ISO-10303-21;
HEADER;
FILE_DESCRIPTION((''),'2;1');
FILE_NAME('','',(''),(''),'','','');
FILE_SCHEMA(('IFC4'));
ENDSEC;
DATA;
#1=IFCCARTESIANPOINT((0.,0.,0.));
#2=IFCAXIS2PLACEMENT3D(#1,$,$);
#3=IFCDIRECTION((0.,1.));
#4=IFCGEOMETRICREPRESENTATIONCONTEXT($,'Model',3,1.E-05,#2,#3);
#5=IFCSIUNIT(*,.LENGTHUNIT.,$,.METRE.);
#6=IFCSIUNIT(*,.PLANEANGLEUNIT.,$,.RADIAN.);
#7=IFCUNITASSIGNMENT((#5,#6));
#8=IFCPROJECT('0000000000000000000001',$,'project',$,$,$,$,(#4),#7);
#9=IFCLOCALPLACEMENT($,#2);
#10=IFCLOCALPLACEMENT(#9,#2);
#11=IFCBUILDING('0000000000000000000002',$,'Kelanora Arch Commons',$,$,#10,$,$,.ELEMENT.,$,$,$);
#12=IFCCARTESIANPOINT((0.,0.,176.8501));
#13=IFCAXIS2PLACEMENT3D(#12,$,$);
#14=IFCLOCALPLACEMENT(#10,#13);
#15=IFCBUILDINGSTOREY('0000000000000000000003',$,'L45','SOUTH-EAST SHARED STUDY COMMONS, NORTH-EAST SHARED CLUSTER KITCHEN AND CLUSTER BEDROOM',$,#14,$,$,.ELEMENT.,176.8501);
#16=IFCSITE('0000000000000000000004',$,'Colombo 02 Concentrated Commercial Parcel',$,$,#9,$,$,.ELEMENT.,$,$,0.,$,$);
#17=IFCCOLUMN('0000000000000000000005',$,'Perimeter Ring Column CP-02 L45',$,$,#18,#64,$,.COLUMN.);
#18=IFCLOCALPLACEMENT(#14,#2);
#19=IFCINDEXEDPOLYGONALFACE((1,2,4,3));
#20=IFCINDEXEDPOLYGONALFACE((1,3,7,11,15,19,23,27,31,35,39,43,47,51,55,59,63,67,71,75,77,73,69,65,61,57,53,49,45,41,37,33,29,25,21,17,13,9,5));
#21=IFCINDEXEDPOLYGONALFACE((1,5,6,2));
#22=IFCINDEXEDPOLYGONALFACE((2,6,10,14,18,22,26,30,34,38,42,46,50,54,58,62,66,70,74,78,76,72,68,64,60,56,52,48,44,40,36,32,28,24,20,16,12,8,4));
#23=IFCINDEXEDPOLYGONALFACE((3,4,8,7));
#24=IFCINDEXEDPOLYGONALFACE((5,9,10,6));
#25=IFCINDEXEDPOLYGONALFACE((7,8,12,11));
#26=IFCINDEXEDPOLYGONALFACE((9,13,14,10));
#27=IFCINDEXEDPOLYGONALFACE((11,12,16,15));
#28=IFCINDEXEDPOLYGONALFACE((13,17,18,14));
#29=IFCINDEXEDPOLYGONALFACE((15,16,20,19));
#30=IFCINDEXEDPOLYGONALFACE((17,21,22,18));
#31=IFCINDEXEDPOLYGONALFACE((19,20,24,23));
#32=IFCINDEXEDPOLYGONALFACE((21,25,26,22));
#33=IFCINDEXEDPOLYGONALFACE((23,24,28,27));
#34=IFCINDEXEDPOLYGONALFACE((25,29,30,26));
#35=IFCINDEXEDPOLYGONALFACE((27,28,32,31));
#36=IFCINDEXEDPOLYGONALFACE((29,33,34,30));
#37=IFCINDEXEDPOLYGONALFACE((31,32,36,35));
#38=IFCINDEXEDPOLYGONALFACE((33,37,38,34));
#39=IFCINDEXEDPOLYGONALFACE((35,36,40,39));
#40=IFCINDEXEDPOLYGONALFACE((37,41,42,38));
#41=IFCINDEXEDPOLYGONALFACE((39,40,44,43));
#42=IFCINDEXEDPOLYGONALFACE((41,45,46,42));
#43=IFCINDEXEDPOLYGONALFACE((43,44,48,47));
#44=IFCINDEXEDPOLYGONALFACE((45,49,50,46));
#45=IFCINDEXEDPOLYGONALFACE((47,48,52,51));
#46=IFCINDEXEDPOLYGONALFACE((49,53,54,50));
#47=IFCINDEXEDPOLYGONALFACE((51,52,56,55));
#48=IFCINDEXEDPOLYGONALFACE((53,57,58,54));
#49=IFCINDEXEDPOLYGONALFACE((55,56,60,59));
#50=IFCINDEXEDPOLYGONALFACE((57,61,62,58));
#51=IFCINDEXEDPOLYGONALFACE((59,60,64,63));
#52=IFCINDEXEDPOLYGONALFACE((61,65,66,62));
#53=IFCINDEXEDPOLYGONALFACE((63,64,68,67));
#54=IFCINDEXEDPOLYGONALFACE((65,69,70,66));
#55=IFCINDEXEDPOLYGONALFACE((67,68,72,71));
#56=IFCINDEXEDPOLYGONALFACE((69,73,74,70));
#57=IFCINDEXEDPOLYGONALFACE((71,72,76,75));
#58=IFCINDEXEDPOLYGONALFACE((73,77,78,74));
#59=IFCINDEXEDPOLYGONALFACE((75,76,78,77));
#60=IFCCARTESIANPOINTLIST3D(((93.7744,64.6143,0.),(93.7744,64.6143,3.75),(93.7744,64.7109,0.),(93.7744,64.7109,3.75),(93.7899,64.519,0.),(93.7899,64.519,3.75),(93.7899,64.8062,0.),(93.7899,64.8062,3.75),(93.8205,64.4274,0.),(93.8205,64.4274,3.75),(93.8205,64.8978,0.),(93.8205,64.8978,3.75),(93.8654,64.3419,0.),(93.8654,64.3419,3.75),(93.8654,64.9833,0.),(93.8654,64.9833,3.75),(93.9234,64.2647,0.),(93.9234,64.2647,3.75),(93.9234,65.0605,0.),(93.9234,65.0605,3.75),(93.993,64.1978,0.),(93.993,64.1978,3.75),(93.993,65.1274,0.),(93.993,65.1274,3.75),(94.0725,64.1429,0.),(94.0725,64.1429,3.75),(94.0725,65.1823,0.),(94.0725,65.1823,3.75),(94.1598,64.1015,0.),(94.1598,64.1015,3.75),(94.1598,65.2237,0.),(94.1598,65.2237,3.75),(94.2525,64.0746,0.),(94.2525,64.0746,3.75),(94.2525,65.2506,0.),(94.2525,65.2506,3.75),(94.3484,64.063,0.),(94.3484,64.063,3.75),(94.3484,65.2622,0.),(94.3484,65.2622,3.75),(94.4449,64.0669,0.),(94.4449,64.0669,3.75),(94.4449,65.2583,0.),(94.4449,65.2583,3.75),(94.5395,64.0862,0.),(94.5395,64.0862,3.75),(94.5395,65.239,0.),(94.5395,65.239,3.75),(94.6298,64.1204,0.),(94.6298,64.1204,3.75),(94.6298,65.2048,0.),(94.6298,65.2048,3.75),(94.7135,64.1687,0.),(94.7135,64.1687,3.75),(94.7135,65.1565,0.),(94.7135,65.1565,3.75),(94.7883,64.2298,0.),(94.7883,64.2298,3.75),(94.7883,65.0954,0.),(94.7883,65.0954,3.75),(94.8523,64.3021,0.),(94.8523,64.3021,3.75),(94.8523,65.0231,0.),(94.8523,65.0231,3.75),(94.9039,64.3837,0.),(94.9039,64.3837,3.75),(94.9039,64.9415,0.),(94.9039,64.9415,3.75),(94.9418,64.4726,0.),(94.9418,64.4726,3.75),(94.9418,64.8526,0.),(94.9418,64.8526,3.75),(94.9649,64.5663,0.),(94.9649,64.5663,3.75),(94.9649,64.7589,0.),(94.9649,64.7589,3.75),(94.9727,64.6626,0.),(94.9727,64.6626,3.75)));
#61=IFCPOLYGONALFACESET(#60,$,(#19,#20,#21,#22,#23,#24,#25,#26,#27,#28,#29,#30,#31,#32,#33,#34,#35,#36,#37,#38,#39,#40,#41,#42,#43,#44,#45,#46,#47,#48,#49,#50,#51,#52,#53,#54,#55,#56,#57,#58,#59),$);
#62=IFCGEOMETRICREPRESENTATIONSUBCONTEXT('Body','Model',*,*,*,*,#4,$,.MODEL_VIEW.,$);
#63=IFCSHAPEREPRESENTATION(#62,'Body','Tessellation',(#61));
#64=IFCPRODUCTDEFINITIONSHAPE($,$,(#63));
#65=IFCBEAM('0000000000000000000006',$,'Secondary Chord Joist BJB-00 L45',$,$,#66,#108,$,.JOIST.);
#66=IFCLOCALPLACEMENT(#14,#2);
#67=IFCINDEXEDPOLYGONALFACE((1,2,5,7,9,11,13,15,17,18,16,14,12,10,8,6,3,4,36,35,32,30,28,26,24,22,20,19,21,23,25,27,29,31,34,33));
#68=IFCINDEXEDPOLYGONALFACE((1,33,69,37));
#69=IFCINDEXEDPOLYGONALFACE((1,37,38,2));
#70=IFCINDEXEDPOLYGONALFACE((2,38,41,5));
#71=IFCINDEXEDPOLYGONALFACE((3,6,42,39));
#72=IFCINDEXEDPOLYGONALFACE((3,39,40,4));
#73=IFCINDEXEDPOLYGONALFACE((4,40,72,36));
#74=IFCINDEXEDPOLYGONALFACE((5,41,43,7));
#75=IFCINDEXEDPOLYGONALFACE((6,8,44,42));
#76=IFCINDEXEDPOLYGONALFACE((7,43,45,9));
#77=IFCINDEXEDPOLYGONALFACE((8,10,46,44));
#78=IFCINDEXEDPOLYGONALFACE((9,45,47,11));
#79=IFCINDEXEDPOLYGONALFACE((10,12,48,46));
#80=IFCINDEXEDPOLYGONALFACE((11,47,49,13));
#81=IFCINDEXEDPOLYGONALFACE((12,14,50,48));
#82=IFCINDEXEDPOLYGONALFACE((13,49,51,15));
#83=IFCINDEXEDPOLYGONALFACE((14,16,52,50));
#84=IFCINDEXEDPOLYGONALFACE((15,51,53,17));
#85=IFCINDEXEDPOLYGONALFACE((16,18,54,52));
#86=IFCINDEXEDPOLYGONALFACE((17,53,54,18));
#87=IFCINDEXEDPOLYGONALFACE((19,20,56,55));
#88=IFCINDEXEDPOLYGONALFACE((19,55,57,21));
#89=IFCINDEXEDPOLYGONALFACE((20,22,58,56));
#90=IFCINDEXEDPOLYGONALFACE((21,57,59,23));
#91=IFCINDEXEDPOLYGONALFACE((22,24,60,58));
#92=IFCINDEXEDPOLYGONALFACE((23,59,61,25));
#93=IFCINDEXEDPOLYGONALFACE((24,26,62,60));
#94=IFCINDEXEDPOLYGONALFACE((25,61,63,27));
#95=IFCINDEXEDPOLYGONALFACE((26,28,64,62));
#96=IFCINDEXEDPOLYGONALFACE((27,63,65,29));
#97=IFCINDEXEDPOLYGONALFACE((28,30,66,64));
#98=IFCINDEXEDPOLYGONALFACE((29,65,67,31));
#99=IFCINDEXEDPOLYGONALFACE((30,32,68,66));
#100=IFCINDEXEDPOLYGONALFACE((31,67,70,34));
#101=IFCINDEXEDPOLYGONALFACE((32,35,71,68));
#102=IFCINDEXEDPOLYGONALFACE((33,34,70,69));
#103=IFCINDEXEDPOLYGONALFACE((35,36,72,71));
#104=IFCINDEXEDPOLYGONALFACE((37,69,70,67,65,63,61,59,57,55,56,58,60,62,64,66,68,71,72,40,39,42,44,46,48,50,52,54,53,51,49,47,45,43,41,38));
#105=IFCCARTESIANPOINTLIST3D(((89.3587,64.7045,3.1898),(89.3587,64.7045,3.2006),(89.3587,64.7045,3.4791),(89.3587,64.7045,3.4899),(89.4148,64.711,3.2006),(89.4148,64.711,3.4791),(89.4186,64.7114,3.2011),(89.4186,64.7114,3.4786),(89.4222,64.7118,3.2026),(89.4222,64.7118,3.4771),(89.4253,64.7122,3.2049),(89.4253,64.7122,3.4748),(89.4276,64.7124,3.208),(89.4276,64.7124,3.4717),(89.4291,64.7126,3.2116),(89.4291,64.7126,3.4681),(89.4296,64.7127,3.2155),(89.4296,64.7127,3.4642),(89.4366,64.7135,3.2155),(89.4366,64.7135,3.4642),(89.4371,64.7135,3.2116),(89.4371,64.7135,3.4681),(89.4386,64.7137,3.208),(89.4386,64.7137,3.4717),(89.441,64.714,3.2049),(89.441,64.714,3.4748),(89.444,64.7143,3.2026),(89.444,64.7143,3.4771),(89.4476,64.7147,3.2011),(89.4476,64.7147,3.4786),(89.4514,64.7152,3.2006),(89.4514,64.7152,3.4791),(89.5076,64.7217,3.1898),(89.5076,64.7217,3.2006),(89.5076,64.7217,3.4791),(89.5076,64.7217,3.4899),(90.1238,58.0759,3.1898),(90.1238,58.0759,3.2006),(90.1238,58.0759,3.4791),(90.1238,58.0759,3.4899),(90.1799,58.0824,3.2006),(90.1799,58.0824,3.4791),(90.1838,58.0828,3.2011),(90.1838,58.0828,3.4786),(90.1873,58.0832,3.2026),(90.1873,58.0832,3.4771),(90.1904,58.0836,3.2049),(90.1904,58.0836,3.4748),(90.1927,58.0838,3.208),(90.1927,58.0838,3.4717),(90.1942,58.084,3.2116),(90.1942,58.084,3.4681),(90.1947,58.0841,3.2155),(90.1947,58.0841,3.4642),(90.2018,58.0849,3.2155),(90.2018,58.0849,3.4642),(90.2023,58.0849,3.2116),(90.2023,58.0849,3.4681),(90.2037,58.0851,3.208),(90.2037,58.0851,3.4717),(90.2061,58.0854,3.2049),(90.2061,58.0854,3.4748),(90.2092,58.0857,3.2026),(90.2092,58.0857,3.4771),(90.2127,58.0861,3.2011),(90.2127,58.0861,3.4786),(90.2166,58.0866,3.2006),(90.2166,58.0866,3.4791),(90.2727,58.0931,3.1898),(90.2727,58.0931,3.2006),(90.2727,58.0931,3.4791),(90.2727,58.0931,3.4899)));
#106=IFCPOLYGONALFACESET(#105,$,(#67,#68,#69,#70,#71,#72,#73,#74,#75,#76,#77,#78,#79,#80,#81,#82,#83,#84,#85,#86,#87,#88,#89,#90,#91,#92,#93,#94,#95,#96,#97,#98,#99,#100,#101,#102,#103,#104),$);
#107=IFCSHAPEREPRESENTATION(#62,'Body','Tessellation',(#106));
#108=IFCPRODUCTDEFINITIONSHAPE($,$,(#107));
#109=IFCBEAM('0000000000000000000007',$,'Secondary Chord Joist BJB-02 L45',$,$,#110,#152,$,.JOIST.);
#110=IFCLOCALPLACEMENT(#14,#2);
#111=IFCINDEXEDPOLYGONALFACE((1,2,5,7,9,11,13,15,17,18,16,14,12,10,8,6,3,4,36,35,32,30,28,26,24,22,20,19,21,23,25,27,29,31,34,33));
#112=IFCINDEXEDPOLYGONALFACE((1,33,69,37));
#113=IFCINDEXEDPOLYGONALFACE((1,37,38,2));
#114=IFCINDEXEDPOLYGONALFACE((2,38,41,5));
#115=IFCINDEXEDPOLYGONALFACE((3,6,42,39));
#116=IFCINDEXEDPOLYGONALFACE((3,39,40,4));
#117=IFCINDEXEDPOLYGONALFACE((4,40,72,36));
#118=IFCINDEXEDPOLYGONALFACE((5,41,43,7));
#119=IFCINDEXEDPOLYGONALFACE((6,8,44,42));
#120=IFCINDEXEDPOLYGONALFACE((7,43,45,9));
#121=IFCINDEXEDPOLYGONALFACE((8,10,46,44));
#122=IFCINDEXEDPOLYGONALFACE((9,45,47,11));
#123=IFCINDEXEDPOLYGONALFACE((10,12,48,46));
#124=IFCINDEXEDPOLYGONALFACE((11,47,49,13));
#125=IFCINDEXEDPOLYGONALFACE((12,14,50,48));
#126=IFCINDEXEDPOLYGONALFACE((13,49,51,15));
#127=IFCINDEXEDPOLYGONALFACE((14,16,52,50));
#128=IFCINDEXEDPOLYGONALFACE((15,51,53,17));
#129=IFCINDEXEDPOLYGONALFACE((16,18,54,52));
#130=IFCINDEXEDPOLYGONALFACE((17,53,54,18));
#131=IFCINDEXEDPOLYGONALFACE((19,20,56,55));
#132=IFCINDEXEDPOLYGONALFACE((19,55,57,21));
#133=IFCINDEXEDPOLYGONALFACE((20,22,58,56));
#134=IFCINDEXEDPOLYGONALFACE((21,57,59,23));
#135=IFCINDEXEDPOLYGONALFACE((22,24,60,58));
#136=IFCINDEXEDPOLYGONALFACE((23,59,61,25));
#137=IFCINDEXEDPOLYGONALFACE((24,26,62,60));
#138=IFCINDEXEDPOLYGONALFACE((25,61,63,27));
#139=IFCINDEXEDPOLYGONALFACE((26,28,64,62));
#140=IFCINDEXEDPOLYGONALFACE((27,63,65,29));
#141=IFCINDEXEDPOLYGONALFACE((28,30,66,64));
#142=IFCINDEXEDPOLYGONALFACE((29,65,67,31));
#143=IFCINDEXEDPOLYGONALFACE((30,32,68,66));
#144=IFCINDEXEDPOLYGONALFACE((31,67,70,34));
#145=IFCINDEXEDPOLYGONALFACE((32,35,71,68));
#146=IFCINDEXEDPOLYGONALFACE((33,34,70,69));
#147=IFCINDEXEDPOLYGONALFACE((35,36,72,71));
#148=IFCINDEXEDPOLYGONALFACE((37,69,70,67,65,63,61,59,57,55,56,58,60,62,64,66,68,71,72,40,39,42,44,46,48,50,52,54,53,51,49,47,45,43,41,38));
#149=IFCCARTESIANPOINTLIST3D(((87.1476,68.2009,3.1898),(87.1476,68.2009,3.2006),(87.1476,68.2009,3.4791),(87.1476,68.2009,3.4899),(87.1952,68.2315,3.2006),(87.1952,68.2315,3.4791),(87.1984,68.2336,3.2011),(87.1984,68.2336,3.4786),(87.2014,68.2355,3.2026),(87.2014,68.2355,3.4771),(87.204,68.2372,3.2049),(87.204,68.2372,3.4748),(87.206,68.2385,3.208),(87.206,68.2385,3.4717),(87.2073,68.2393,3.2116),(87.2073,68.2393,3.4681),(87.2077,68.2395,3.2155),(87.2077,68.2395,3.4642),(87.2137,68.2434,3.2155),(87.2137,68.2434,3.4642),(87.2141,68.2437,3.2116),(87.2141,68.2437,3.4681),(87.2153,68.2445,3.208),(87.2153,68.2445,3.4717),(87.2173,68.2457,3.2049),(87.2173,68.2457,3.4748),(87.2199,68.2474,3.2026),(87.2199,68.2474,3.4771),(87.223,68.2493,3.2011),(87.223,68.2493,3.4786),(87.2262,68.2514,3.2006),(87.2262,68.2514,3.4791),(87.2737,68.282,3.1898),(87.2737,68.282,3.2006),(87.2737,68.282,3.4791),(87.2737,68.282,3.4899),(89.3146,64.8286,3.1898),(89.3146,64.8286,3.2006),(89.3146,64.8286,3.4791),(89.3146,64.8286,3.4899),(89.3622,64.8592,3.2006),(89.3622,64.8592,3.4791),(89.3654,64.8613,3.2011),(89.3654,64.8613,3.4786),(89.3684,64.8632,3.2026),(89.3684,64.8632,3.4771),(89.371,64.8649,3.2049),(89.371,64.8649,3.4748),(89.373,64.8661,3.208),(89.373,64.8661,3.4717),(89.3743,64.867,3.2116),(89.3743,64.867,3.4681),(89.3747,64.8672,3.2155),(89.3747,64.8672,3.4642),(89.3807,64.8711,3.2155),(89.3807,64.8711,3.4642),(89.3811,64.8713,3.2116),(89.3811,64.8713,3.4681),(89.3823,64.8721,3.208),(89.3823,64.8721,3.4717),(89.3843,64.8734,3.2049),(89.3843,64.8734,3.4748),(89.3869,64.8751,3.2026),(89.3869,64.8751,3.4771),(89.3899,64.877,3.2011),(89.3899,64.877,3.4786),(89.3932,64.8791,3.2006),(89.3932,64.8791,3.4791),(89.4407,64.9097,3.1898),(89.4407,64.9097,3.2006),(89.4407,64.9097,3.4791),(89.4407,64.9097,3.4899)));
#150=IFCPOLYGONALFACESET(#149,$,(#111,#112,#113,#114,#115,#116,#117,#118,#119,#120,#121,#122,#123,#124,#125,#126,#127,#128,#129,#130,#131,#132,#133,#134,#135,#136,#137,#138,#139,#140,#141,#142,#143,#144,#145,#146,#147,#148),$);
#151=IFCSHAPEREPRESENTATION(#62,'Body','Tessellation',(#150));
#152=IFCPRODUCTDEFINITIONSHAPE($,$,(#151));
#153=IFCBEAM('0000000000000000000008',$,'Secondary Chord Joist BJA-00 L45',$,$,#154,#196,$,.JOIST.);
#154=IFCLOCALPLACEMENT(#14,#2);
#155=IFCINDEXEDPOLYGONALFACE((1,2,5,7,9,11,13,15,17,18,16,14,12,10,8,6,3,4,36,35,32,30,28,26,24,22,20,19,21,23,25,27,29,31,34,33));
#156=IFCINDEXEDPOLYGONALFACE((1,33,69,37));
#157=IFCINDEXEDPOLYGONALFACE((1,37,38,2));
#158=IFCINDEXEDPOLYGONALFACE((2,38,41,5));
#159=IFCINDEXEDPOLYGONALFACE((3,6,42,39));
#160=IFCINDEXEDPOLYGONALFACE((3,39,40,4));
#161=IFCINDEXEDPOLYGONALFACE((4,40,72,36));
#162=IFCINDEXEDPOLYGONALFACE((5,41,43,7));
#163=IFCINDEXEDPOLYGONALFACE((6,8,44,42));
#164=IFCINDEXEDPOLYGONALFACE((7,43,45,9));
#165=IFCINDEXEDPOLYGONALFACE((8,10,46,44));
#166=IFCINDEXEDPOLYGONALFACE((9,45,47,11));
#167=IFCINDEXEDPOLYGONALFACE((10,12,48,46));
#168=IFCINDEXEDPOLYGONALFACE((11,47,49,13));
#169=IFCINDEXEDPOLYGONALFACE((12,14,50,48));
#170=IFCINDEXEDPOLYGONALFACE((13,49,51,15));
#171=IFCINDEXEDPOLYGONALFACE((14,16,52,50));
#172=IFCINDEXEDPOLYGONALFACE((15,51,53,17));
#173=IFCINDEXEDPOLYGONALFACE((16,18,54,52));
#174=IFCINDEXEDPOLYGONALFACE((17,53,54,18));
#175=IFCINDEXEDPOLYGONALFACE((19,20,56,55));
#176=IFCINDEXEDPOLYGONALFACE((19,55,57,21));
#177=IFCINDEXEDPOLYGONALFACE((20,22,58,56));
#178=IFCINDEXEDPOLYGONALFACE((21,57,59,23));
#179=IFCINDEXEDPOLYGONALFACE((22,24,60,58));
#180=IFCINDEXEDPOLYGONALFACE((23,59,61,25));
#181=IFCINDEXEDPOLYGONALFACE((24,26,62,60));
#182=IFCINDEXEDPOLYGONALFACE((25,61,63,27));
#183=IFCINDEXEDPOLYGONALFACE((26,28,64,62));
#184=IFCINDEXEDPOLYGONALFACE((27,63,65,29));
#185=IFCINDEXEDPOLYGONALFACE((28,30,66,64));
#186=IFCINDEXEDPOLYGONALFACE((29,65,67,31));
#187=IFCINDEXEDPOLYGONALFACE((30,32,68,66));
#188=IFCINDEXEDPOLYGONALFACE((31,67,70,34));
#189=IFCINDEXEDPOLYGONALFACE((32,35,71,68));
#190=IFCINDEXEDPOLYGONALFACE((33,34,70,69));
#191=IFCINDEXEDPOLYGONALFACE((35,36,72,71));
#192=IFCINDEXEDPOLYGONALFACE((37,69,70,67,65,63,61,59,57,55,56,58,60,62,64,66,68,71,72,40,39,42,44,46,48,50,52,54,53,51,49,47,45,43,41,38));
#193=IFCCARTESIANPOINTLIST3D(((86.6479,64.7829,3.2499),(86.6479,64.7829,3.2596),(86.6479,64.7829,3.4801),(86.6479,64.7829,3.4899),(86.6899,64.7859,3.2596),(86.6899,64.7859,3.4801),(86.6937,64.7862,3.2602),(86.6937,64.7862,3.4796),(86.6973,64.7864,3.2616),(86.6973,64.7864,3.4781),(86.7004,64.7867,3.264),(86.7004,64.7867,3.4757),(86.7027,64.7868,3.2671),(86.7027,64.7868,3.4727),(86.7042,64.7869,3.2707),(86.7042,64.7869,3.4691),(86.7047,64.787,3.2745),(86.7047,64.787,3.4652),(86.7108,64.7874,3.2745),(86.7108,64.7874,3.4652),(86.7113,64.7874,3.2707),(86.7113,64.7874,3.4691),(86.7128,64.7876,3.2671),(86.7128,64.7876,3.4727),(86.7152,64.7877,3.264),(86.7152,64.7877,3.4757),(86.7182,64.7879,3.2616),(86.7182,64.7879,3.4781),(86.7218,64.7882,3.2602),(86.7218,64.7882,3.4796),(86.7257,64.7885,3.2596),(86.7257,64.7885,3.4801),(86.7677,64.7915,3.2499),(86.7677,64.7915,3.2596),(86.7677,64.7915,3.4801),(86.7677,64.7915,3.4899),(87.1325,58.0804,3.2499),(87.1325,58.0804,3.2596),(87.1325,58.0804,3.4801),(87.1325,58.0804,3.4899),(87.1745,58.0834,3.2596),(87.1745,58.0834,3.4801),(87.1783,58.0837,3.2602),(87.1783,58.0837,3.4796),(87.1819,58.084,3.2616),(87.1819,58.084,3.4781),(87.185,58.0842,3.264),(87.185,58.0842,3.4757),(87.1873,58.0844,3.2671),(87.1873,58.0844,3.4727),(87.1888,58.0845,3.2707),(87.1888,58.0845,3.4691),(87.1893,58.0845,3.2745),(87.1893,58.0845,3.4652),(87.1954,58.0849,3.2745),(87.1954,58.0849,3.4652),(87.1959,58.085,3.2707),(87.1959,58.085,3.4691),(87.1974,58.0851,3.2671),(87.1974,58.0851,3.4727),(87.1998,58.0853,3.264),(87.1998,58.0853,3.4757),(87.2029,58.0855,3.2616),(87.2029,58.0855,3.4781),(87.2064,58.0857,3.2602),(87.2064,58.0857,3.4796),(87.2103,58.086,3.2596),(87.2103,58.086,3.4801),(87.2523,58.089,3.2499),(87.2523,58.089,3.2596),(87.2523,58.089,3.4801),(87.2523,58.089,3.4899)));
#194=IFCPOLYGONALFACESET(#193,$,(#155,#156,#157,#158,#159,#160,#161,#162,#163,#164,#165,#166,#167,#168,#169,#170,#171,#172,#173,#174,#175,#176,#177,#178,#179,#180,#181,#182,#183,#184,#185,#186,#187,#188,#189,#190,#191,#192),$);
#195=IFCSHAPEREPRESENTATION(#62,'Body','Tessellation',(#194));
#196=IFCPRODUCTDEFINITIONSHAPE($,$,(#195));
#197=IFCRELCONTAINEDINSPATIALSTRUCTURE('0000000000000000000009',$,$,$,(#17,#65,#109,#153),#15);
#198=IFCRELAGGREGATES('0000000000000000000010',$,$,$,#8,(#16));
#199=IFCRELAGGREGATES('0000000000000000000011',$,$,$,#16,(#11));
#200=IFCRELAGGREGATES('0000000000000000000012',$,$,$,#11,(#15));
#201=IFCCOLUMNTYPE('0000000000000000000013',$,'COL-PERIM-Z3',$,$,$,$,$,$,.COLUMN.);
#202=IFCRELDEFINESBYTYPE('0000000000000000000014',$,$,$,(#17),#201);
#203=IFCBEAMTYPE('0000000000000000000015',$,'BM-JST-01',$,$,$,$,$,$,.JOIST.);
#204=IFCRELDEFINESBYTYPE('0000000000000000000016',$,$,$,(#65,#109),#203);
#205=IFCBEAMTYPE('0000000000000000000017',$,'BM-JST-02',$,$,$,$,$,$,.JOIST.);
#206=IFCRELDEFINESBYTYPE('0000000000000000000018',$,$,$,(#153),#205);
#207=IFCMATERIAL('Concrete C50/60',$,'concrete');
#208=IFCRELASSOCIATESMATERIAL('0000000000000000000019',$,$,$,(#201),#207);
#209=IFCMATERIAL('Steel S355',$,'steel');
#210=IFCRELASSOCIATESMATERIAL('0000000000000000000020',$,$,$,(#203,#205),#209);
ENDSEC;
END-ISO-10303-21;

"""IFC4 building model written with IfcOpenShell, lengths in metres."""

from ifc_helpers import new_model, si_unit, direction, frame, origin, origin_2d, place, context, subcontext, project, spatial, circle, i_section, extrude, material, material_profile, profile_set, type_object, element, save


model = new_model("IFC4")

# Units and contexts
model_context = context("Model", 3, precision=1e-05, world=origin(), true_north=direction((0.0, 1.0)))
body_context = subcontext(model_context, "Body", "Model", "MODEL_VIEW")
ifc_project = project(units=[si_unit("LENGTHUNIT", "METRE"), si_unit("PLANEANGLEUNIT", "RADIAN")], contexts=[model_context])

# Site, building, storey
site_placement = place(None, origin())
site = spatial("IfcSite", under=ifc_project, at=site_placement, Name="Colombo 02 Concentrated Commercial Parcel", CompositionType="ELEMENT", RefElevation=0.0)
building_placement = place(site_placement, origin())
building = spatial("IfcBuilding", under=site, at=building_placement, Name="Kelanora Arch Commons", CompositionType="ELEMENT")
storey_placement = place(building_placement, frame((0.0, 0.0, 176.8501)))
storey = spatial("IfcBuildingStorey", under=building, at=storey_placement, Name="L45", Description="SOUTH-EAST SHARED STUDY COMMONS, NORTH-EAST SHARED CLUSTER KITCHEN AND CLUSTER BEDROOM", CompositionType="ELEMENT", Elevation=176.8501)

# Column
ifc_material_1 = material(Name="Concrete C50/60", Category="concrete")
ifc_material_profile_1 = material_profile(ifc_material_1, circle(Radius=0.6001, at=origin_2d()), Name="RCC1200")
ifc_profile_set_1 = profile_set([ifc_material_profile_1], Name="Concrete C50/60")
column_type = type_object("IfcColumnType", Name="COL-PERIM-Z3", PredefinedType="COLUMN", material=ifc_profile_set_1)
column_placement = place(storey_placement, frame((94.3726, 64.6626, 0.0), z_axis=(0.0, 0.0, 1.0), x_axis=(1.0, 0.0, 0.0)))
element("IfcColumn", 1, at=column_placement, inside=storey, type_object=column_type, Name="Perimeter Ring Column CP-02 L45", PredefinedType="COLUMN", context=body_context, shape_type="SweptSolid", body=[
    extrude(circle(Radius=0.6001, at=origin_2d()), origin(), (0.0, 0.0, 1.0), 3.75),
])

# Beams
ifc_material_2 = material(Name="Steel S355", Category="steel")
ifc_material_profile_2 = material_profile(ifc_material_2, i_section(OverallWidth=0.1499, OverallDepth=0.3, WebThickness=0.0071, FlangeThickness=0.0107, FilletRadius=0.0149, at=origin_2d()), Name="IPE300")
ifc_profile_set_2 = profile_set([ifc_material_profile_2], Name="Steel S355")
beam_type_1 = type_object("IfcBeamType", Name="BM-JST-01", PredefinedType="JOIST", material=ifc_profile_set_2)
beam_1_placement = place(storey_placement, frame((90.1982, 58.0845, 3.3398), z_axis=(-0.114667, 0.993404, 0.0), x_axis=(-0.993404, -0.114667, 0.0)))
element("IfcBeam", 2, at=beam_1_placement, inside=storey, type_object=beam_type_1, Name="Secondary Chord Joist BJB-00 L45", PredefinedType="JOIST", context=body_context, shape_type="SweptSolid", body=[
    extrude(i_section(OverallWidth=0.1499, OverallDepth=0.3, WebThickness=0.0071, FlangeThickness=0.0107, FilletRadius=0.0149, at=origin_2d()), origin(), (0.0, 0.0, 1.0), 6.6726),
])
beam_2_placement = place(storey_placement, frame((89.3777, 64.8691, 3.3398), z_axis=(-0.540594, 0.841283, 0.0), x_axis=(-0.841283, -0.540594, 0.0)))
element("IfcBeam", 3, at=beam_2_placement, inside=storey, type_object=beam_type_1, Name="Secondary Chord Joist BJB-02 L45", PredefinedType="JOIST", context=body_context, shape_type="SweptSolid", body=[
    extrude(i_section(OverallWidth=0.1499, OverallDepth=0.3, WebThickness=0.0071, FlangeThickness=0.0107, FilletRadius=0.0149, at=origin_2d()), origin(), (0.0, 0.0, 1.0), 4.0085),
])
ifc_material_profile_3 = material_profile(ifc_material_2, i_section(OverallWidth=0.1201, OverallDepth=0.24, WebThickness=0.0061, FlangeThickness=0.0098, FilletRadius=0.0149, at=origin_2d()), Name="IPE240")
ifc_profile_set_3 = profile_set([ifc_material_profile_3], Name="Steel S355")
beam_type_2 = type_object("IfcBeamType", Name="BM-JST-02", PredefinedType="JOIST", material=ifc_profile_set_3)
beam_3_placement = place(storey_placement, frame((87.1924, 58.0847, 3.3699), z_axis=(-0.072117, 0.997396, 0.0), x_axis=(-0.997396, -0.072117, 0.0)))
element("IfcBeam", 4, at=beam_3_placement, inside=storey, type_object=beam_type_2, Name="Secondary Chord Joist BJA-00 L45", PredefinedType="JOIST", context=body_context, shape_type="SweptSolid", body=[
    extrude(i_section(OverallWidth=0.1201, OverallDepth=0.24, WebThickness=0.0061, FlangeThickness=0.0098, FilletRadius=0.0149, at=origin_2d()), origin(), (0.0, 0.0, 1.0), 6.72),
])

save(model, "model.ifc")
